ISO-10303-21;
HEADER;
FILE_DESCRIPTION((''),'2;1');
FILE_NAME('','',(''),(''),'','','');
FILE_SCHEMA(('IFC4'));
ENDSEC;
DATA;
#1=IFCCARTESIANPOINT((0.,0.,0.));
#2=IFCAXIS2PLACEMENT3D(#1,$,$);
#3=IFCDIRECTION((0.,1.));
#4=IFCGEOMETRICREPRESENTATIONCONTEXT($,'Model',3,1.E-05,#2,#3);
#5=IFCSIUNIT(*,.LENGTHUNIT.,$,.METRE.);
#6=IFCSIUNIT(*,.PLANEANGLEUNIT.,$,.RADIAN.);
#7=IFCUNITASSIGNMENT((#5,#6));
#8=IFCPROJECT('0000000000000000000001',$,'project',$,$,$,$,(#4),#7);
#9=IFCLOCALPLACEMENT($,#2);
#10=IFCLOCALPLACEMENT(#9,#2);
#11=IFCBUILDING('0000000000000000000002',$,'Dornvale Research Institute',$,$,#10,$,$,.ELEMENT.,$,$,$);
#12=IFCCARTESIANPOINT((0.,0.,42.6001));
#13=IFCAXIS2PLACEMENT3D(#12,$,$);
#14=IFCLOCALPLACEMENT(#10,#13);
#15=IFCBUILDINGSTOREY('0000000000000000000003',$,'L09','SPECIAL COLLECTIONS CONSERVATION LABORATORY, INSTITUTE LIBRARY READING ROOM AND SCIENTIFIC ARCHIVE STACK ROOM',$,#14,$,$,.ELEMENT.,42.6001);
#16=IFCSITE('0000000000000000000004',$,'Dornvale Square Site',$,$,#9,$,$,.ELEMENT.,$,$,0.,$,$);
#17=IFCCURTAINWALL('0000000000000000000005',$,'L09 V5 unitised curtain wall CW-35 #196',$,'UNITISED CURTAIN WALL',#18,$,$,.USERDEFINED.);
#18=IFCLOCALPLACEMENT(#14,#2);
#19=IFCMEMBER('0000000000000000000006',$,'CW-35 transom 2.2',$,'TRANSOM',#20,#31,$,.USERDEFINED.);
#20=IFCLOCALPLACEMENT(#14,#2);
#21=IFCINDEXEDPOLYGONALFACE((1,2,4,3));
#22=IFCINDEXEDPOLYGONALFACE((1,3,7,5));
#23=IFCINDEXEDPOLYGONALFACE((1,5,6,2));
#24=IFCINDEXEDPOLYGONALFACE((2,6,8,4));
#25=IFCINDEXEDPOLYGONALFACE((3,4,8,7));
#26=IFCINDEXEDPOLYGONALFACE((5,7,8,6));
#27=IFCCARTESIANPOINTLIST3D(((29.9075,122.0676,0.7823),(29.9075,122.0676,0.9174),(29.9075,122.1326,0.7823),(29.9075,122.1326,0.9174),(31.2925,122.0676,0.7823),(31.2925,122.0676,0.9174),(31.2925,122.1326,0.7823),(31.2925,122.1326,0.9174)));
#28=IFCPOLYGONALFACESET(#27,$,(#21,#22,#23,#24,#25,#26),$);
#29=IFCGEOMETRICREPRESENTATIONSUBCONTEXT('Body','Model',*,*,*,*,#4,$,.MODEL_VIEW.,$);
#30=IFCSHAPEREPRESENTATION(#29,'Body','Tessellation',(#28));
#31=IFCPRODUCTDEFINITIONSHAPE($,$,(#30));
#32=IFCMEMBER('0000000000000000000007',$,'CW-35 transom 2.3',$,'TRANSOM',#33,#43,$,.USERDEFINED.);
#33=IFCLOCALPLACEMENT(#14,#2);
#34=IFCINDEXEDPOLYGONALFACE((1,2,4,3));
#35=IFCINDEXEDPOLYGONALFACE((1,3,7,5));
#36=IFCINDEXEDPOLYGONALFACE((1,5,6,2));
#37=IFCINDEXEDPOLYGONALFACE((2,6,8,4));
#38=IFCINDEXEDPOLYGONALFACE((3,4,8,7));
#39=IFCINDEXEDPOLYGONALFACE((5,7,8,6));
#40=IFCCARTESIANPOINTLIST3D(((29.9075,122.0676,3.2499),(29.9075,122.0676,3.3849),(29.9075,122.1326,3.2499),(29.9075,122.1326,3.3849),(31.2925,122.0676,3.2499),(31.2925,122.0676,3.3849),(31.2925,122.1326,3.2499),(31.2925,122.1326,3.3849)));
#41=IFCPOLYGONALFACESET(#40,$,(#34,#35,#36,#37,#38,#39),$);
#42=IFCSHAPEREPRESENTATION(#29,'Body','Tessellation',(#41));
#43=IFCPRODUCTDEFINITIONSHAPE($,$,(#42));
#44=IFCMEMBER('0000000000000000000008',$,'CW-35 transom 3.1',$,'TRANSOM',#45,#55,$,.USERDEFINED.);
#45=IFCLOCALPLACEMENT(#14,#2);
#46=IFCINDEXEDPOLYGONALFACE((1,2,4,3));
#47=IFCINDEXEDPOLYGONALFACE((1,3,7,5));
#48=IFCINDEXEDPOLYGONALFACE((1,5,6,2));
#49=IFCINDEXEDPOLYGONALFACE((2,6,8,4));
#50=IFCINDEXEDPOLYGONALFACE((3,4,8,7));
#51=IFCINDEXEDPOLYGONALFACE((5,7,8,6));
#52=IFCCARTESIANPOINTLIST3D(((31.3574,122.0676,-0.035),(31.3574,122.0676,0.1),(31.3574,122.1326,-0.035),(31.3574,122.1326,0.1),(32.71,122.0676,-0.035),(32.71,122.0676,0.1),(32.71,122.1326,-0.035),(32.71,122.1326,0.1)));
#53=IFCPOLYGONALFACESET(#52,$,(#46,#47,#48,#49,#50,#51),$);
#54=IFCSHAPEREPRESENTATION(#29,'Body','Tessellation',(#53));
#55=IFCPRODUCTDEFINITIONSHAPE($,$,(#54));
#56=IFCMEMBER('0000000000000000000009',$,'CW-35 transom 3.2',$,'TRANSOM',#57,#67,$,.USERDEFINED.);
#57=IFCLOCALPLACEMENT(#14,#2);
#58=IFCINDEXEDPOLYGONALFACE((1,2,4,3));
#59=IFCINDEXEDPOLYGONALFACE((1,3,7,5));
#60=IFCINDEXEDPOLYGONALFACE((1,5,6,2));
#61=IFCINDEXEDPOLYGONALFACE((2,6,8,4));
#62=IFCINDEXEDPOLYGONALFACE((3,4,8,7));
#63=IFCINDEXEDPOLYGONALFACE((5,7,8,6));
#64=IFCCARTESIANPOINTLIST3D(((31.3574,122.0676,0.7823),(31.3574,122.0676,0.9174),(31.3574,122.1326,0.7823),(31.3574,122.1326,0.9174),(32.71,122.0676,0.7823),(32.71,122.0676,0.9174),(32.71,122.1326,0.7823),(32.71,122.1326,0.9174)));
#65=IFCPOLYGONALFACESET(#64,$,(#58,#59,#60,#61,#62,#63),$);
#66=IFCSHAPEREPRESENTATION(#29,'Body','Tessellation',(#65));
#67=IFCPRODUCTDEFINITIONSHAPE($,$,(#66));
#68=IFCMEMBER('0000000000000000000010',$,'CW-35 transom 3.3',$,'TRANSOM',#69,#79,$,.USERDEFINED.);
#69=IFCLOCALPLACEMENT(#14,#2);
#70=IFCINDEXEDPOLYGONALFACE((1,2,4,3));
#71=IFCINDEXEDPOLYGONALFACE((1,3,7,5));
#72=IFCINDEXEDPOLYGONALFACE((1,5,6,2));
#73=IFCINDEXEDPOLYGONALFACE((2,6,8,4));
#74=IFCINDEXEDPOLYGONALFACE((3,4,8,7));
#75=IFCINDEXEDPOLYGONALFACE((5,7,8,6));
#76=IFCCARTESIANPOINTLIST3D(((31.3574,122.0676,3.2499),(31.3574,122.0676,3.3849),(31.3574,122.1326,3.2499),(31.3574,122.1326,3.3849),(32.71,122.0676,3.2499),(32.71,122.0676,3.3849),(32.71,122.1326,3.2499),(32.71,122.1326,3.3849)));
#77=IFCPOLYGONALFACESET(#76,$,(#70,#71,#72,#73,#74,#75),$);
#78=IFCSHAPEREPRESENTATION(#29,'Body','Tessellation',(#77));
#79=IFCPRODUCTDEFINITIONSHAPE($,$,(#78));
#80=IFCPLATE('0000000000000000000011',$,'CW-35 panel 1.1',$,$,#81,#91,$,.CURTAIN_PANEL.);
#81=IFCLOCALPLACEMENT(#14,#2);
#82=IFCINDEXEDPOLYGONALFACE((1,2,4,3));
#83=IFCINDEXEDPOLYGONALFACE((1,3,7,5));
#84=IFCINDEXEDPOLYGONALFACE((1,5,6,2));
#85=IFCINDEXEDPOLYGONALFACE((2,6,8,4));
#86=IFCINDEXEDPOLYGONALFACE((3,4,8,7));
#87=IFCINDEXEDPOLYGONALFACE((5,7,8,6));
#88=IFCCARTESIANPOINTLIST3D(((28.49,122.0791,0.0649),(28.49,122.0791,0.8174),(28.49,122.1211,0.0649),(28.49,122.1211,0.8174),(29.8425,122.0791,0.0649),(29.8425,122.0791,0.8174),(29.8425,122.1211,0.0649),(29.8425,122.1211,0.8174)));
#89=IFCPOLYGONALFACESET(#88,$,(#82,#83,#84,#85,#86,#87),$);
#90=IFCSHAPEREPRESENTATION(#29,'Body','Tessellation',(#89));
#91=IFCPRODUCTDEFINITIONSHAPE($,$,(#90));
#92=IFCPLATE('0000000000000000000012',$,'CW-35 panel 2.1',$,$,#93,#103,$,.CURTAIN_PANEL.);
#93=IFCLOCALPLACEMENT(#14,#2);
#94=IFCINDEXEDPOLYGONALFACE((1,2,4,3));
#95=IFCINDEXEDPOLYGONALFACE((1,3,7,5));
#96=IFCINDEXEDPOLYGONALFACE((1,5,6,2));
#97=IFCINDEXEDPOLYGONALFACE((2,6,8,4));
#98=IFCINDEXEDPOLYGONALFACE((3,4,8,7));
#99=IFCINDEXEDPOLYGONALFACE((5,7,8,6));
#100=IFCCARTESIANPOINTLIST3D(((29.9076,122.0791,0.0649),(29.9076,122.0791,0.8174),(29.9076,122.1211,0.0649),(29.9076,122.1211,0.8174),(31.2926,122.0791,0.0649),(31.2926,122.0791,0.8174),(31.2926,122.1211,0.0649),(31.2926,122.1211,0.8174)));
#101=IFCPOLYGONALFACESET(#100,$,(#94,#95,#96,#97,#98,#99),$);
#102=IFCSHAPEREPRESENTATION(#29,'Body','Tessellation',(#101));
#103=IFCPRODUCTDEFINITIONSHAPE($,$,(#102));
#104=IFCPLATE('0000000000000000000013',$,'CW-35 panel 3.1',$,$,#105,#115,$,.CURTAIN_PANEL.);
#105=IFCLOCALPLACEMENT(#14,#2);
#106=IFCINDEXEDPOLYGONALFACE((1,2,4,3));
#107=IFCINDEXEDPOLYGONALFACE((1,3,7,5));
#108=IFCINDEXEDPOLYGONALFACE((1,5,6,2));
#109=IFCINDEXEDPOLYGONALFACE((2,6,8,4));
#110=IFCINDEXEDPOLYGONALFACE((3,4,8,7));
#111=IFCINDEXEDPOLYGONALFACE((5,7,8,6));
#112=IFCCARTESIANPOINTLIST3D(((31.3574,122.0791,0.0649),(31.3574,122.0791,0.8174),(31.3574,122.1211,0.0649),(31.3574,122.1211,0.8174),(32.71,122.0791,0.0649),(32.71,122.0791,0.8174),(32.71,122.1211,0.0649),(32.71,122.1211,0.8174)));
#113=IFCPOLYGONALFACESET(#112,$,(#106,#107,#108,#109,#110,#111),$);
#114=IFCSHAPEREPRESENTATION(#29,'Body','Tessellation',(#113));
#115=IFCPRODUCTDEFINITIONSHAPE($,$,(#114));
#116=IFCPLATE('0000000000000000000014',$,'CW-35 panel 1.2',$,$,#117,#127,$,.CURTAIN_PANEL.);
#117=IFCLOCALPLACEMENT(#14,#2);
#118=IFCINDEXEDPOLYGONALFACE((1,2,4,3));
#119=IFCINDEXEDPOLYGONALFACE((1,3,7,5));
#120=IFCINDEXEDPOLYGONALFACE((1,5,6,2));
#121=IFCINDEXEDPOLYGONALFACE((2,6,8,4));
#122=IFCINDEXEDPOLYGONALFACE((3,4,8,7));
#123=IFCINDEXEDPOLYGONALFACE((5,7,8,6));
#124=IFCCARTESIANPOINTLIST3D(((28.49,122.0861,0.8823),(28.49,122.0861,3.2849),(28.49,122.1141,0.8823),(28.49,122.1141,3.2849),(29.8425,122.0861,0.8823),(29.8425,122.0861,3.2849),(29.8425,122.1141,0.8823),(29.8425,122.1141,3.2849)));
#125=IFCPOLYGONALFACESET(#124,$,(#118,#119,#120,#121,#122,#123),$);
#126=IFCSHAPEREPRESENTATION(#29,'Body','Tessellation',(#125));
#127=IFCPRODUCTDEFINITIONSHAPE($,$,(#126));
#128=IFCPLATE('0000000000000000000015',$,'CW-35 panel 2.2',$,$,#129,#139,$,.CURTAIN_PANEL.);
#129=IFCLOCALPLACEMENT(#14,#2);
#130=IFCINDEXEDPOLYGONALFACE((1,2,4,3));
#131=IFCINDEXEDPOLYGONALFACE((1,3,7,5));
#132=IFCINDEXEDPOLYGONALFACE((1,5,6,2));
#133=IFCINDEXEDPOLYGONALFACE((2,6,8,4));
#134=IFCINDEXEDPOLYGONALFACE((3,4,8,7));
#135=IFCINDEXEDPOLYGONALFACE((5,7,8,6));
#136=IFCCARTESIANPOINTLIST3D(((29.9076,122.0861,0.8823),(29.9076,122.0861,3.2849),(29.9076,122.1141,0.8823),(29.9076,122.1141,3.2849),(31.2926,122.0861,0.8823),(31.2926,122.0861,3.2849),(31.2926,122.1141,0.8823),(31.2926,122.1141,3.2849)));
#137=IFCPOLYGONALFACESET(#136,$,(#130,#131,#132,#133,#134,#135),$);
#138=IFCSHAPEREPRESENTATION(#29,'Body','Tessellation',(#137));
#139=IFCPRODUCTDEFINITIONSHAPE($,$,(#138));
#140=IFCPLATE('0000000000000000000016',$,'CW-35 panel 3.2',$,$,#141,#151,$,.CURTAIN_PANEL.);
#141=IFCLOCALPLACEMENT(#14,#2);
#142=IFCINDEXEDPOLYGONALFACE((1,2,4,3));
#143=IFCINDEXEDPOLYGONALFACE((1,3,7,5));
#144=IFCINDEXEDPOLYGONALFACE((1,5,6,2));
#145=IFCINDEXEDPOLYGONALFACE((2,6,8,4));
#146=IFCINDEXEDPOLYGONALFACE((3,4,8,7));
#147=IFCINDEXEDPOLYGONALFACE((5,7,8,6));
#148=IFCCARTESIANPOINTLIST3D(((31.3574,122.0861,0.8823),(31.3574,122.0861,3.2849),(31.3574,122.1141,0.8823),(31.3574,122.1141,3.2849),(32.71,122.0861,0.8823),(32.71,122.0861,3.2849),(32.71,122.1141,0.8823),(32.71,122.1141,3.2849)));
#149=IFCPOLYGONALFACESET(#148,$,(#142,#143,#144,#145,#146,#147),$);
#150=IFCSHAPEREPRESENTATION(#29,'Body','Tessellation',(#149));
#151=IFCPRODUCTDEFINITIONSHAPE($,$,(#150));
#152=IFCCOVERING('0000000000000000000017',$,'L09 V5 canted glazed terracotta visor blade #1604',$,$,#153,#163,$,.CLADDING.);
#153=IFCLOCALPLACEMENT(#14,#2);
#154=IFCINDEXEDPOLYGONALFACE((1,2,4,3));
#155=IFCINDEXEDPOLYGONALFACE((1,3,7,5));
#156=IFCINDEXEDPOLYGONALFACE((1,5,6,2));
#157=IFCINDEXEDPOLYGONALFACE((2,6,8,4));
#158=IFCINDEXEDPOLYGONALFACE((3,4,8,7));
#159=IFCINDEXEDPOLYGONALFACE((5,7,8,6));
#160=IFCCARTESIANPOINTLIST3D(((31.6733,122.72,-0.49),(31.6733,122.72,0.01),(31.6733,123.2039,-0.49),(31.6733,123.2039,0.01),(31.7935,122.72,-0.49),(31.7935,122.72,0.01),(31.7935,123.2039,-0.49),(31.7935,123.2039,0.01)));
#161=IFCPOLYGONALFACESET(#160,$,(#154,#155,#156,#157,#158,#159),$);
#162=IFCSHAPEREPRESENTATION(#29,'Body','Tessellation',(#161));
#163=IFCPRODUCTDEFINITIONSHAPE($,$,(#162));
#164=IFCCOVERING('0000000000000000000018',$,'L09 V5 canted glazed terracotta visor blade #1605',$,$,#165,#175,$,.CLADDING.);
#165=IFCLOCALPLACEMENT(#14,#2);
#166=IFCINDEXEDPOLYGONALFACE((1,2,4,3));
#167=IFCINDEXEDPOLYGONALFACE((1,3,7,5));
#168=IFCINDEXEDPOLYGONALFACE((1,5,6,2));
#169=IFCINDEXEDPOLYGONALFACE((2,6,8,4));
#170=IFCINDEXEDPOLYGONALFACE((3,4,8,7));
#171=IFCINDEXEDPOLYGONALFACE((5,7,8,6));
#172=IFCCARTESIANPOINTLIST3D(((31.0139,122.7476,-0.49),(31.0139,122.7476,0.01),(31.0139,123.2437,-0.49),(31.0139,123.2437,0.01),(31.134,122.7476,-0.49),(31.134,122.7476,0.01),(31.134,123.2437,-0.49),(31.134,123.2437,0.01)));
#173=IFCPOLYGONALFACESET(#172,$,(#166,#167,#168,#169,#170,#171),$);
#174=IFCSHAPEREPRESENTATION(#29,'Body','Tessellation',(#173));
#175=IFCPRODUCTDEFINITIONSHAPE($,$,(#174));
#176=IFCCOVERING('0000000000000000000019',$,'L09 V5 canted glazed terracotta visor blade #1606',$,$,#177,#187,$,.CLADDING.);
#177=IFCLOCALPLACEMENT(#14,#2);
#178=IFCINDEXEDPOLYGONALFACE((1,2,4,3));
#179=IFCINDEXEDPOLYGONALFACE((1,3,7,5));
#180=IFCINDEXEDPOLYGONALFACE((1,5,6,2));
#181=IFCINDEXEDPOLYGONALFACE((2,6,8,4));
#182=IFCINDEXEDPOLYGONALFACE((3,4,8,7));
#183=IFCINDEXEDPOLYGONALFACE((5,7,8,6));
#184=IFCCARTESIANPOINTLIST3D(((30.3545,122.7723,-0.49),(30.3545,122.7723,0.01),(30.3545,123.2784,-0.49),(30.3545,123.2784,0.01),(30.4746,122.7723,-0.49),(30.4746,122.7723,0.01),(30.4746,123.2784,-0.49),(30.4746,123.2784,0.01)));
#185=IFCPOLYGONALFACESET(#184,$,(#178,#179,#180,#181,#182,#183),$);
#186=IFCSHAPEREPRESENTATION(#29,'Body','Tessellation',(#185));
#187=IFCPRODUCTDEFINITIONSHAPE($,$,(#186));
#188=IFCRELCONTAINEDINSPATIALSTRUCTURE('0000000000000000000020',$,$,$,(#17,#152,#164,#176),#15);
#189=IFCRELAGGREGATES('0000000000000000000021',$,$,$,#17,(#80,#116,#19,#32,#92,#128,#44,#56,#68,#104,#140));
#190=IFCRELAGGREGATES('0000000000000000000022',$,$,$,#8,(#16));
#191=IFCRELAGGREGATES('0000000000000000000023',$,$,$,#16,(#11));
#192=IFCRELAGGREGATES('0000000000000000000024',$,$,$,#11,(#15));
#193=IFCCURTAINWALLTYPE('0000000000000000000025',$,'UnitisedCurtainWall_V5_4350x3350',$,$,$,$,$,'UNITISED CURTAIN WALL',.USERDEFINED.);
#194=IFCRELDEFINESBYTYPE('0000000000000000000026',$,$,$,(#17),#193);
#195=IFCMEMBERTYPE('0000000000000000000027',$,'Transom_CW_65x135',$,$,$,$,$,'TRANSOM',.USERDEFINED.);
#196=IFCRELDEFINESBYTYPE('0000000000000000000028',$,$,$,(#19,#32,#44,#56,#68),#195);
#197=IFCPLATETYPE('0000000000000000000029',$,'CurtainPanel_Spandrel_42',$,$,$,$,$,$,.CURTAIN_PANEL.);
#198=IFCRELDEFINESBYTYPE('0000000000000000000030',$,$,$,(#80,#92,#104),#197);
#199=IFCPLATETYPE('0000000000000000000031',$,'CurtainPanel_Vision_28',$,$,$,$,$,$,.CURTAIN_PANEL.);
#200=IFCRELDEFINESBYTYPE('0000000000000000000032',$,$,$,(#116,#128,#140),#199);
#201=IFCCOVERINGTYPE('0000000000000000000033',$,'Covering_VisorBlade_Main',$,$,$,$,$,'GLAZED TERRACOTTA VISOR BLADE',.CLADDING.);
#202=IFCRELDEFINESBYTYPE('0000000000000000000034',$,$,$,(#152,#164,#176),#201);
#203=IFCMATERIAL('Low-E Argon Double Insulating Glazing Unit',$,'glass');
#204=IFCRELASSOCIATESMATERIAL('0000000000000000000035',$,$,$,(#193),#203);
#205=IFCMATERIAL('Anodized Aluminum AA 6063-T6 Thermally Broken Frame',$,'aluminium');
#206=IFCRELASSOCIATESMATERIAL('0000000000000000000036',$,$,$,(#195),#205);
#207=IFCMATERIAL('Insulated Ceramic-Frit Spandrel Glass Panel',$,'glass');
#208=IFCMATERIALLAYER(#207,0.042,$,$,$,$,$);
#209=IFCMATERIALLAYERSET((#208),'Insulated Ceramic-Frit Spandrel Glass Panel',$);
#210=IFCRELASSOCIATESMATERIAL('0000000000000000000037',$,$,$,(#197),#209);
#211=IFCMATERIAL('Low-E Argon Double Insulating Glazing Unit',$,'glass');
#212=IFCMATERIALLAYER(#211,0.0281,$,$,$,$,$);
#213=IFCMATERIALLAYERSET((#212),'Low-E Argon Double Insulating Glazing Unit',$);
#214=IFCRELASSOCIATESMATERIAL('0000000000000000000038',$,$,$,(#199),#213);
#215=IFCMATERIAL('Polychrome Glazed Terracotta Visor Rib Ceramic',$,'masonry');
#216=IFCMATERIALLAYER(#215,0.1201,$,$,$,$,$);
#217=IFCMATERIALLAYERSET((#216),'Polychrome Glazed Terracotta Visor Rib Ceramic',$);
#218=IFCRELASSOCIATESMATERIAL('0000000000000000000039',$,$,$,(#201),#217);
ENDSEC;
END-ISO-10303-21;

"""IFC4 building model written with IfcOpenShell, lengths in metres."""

from ifc_helpers import new_model, si_unit, direction, frame, origin, origin_2d, place, context, subcontext, project, spatial, rectangle, extrude, material, layer, layer_set, material_profile, profile_set, type_object, element, aggregate, save


model = new_model("IFC4")

# Units and contexts
model_context = context("Model", 3, precision=1e-05, world=origin(), true_north=direction((0.0, 1.0)))
body_context = subcontext(model_context, "Body", "Model", "MODEL_VIEW")
ifc_project = project(units=[si_unit("LENGTHUNIT", "METRE"), si_unit("PLANEANGLEUNIT", "RADIAN")], contexts=[model_context])

# Site, building, storey
site_placement = place(None, origin())
site = spatial("IfcSite", under=ifc_project, at=site_placement, Name="Dornvale Square Site", CompositionType="ELEMENT", RefElevation=0.0)
building_placement = place(site_placement, origin())
building = spatial("IfcBuilding", under=site, at=building_placement, Name="Dornvale Research Institute", CompositionType="ELEMENT")
storey_placement = place(building_placement, frame((0.0, 0.0, 42.6001)))
storey = spatial("IfcBuildingStorey", under=building, at=storey_placement, Name="L09", Description="SPECIAL COLLECTIONS CONSERVATION LABORATORY, INSTITUTE LIBRARY READING ROOM AND SCIENTIFIC ARCHIVE STACK ROOM", CompositionType="ELEMENT", Elevation=42.6001)

# Curtain wall
ifc_material_1 = material(Name="Low-E Argon Double Insulating Glazing Unit", Category="glass")
curtain_wall_type = type_object("IfcCurtainWallType", Name="UnitisedCurtainWall_V5_4350x3350", ElementType="UNITISED CURTAIN WALL", PredefinedType="USERDEFINED", material=ifc_material_1)
curtain_wall_placement = place(storey_placement, origin())
curtain_wall = element("IfcCurtainWall", 1, at=curtain_wall_placement, inside=storey, type_object=curtain_wall_type, Name="L09 V5 unitised curtain wall CW-35 #196", ObjectType="UNITISED CURTAIN WALL", PredefinedType="USERDEFINED")

# Members
ifc_material_2 = material(Name="Anodized Aluminum AA 6063-T6 Thermally Broken Frame", Category="aluminium")
ifc_material_profile_1 = material_profile(ifc_material_2, rectangle(XDim=0.0649, YDim=0.135, at=origin_2d()), Name="ALU TRANSOM 65x135")
ifc_profile_set_1 = profile_set([ifc_material_profile_1], Name="Anodized Aluminum AA 6063-T6 Thermally Broken Frame")
member_type_1 = type_object("IfcMemberType", Name="Transom_CW_65x135", ElementType="TRANSOM", PredefinedType="USERDEFINED", material=ifc_profile_set_1)
member_1_placement = place(storey_placement, frame((29.9075, 122.1001, 0.8499), z_axis=(1.0, 0.0, 0.0), x_axis=(0.0, 1.0, 0.0)))
member_1 = element("IfcMember", 2, at=member_1_placement, type_object=member_type_1, Name="CW-35 transom 2.2", ObjectType="TRANSOM", PredefinedType="USERDEFINED", context=body_context, shape_type="SweptSolid", body=[
    extrude(rectangle(XDim=0.0649, YDim=0.135, at=origin_2d()), origin(), (0.0, 0.0, 1.0), 1.385),
])
member_2_placement = place(storey_placement, frame((29.9075, 122.1001, 3.3174), z_axis=(1.0, 0.0, 0.0), x_axis=(0.0, 1.0, 0.0)))
member_2 = element("IfcMember", 3, at=member_2_placement, type_object=member_type_1, Name="CW-35 transom 2.3", ObjectType="TRANSOM", PredefinedType="USERDEFINED", context=body_context, shape_type="SweptSolid", body=[
    extrude(rectangle(XDim=0.0649, YDim=0.135, at=origin_2d()), origin(), (0.0, 0.0, 1.0), 1.385),
])
member_3_placement = place(storey_placement, frame((31.3574, 122.1001, 0.0325), z_axis=(1.0, 0.0, 0.0), x_axis=(0.0, 1.0, 0.0)))
member_3 = element("IfcMember", 4, at=member_3_placement, type_object=member_type_1, Name="CW-35 transom 3.1", ObjectType="TRANSOM", PredefinedType="USERDEFINED", context=body_context, shape_type="SweptSolid", body=[
    extrude(rectangle(XDim=0.0649, YDim=0.135, at=origin_2d()), origin(), (0.0, 0.0, 1.0), 1.3525),
])
member_4_placement = place(storey_placement, frame((31.3574, 122.1001, 0.8499), z_axis=(1.0, 0.0, 0.0), x_axis=(0.0, 1.0, 0.0)))
member_4 = element("IfcMember", 5, at=member_4_placement, type_object=member_type_1, Name="CW-35 transom 3.2", ObjectType="TRANSOM", PredefinedType="USERDEFINED", context=body_context, shape_type="SweptSolid", body=[
    extrude(rectangle(XDim=0.0649, YDim=0.135, at=origin_2d()), origin(), (0.0, 0.0, 1.0), 1.3525),
])
member_5_placement = place(storey_placement, frame((31.3574, 122.1001, 3.3174), z_axis=(1.0, 0.0, 0.0), x_axis=(0.0, 1.0, 0.0)))
member_5 = element("IfcMember", 6, at=member_5_placement, type_object=member_type_1, Name="CW-35 transom 3.3", ObjectType="TRANSOM", PredefinedType="USERDEFINED", context=body_context, shape_type="SweptSolid", body=[
    extrude(rectangle(XDim=0.0649, YDim=0.135, at=origin_2d()), origin(), (0.0, 0.0, 1.0), 1.3525),
])

# Plates
ifc_material_3 = material(Name="Insulated Ceramic-Frit Spandrel Glass Panel", Category="glass")
ifc_layer_1 = layer(ifc_material_3, 0.042)
ifc_layer_set_1 = layer_set([ifc_layer_1], Name="Insulated Ceramic-Frit Spandrel Glass Panel")
plate_type_1 = type_object("IfcPlateType", Name="CurtainPanel_Spandrel_42", PredefinedType="CURTAIN_PANEL", material=ifc_layer_set_1)
plate_1_placement = place(storey_placement, frame((29.1663, 122.1001, 0.0649), z_axis=(0.0, 0.0, 1.0), x_axis=(1.0, 0.0, 0.0)))
plate_1 = element("IfcPlate", 7, at=plate_1_placement, type_object=plate_type_1, Name="CW-35 panel 1.1", PredefinedType="CURTAIN_PANEL", context=body_context, shape_type="SweptSolid", body=[
    extrude(rectangle(XDim=1.3525, YDim=0.042, at=origin_2d()), origin(), (0.0, 0.0, 1.0), 0.7524),
])
plate_2_placement = place(storey_placement, frame((30.6001, 122.1001, 0.0649), z_axis=(0.0, 0.0, 1.0), x_axis=(1.0, 0.0, 0.0)))
plate_2 = element("IfcPlate", 8, at=plate_2_placement, type_object=plate_type_1, Name="CW-35 panel 2.1", PredefinedType="CURTAIN_PANEL", context=body_context, shape_type="SweptSolid", body=[
    extrude(rectangle(XDim=1.385, YDim=0.042, at=origin_2d()), origin(), (0.0, 0.0, 1.0), 0.7524),
])
plate_3_placement = place(storey_placement, frame((32.0337, 122.1001, 0.0649), z_axis=(0.0, 0.0, 1.0), x_axis=(1.0, 0.0, 0.0)))
plate_3 = element("IfcPlate", 9, at=plate_3_placement, type_object=plate_type_1, Name="CW-35 panel 3.1", PredefinedType="CURTAIN_PANEL", context=body_context, shape_type="SweptSolid", body=[
    extrude(rectangle(XDim=1.3525, YDim=0.042, at=origin_2d()), origin(), (0.0, 0.0, 1.0), 0.7524),
])
ifc_material_4 = material(Name="Low-E Argon Double Insulating Glazing Unit", Category="glass")
ifc_layer_2 = layer(ifc_material_4, 0.0281)
ifc_layer_set_2 = layer_set([ifc_layer_2], Name="Low-E Argon Double Insulating Glazing Unit")
plate_type_2 = type_object("IfcPlateType", Name="CurtainPanel_Vision_28", PredefinedType="CURTAIN_PANEL", material=ifc_layer_set_2)
plate_4_placement = place(storey_placement, frame((29.1663, 122.1001, 0.8823), z_axis=(0.0, 0.0, 1.0), x_axis=(1.0, 0.0, 0.0)))
plate_4 = element("IfcPlate", 10, at=plate_4_placement, type_object=plate_type_2, Name="CW-35 panel 1.2", PredefinedType="CURTAIN_PANEL", context=body_context, shape_type="SweptSolid", body=[
    extrude(rectangle(XDim=1.3525, YDim=0.0281, at=origin_2d()), origin(), (0.0, 0.0, 1.0), 2.4026),
])
plate_5_placement = place(storey_placement, frame((30.6001, 122.1001, 0.8823), z_axis=(0.0, 0.0, 1.0), x_axis=(1.0, 0.0, 0.0)))
plate_5 = element("IfcPlate", 11, at=plate_5_placement, type_object=plate_type_2, Name="CW-35 panel 2.2", PredefinedType="CURTAIN_PANEL", context=body_context, shape_type="SweptSolid", body=[
    extrude(rectangle(XDim=1.385, YDim=0.0281, at=origin_2d()), origin(), (0.0, 0.0, 1.0), 2.4026),
])
plate_6_placement = place(storey_placement, frame((32.0337, 122.1001, 0.8823), z_axis=(0.0, 0.0, 1.0), x_axis=(1.0, 0.0, 0.0)))
plate_6 = element("IfcPlate", 12, at=plate_6_placement, type_object=plate_type_2, Name="CW-35 panel 3.2", PredefinedType="CURTAIN_PANEL", context=body_context, shape_type="SweptSolid", body=[
    extrude(rectangle(XDim=1.3525, YDim=0.0281, at=origin_2d()), origin(), (0.0, 0.0, 1.0), 2.4026),
])
aggregate(curtain_wall, [plate_1, plate_4, member_1, member_2, plate_2, plate_5, member_3, member_4, member_5, plate_3, plate_6])

# Coverings
ifc_material_5 = material(Name="Polychrome Glazed Terracotta Visor Rib Ceramic", Category="masonry")
ifc_layer_3 = layer(ifc_material_5, 0.1201)
ifc_layer_set_3 = layer_set([ifc_layer_3], Name="Polychrome Glazed Terracotta Visor Rib Ceramic")
covering_type = type_object("IfcCoveringType", Name="Covering_VisorBlade_Main", ElementType="GLAZED TERRACOTTA VISOR BLADE", PredefinedType="CLADDING", material=ifc_layer_set_3)
covering_1_placement = place(storey_placement, frame((31.7334, 122.9619, -0.49), z_axis=(0.0, 0.0, 1.0), x_axis=(0.0, 1.0, 0.0)))
element("IfcCovering", 13, at=covering_1_placement, inside=storey, type_object=covering_type, Name="L09 V5 canted glazed terracotta visor blade #1604", PredefinedType="CLADDING", context=body_context, shape_type="SweptSolid", body=[
    extrude(rectangle(XDim=0.4839, YDim=0.1201, at=origin_2d()), origin(), (0.0, 0.0, 1.0), 0.5),
])
covering_2_placement = place(storey_placement, frame((31.074, 122.9956, -0.49), z_axis=(0.0, 0.0, 1.0), x_axis=(0.0, 1.0, 0.0)))
element("IfcCovering", 14, at=covering_2_placement, inside=storey, type_object=covering_type, Name="L09 V5 canted glazed terracotta visor blade #1605", PredefinedType="CLADDING", context=body_context, shape_type="SweptSolid", body=[
    extrude(rectangle(XDim=0.4961, YDim=0.1201, at=origin_2d()), origin(), (0.0, 0.0, 1.0), 0.5),
])
covering_3_placement = place(storey_placement, frame((30.4146, 123.0254, -0.49), z_axis=(0.0, 0.0, 1.0), x_axis=(0.0, 1.0, 0.0)))
element("IfcCovering", 15, at=covering_3_placement, inside=storey, type_object=covering_type, Name="L09 V5 canted glazed terracotta visor blade #1606", PredefinedType="CLADDING", context=body_context, shape_type="SweptSolid", body=[
    extrude(rectangle(XDim=0.5061, YDim=0.1201, at=origin_2d()), origin(), (0.0, 0.0, 1.0), 0.5),
])

save(model, "model.ifc")
